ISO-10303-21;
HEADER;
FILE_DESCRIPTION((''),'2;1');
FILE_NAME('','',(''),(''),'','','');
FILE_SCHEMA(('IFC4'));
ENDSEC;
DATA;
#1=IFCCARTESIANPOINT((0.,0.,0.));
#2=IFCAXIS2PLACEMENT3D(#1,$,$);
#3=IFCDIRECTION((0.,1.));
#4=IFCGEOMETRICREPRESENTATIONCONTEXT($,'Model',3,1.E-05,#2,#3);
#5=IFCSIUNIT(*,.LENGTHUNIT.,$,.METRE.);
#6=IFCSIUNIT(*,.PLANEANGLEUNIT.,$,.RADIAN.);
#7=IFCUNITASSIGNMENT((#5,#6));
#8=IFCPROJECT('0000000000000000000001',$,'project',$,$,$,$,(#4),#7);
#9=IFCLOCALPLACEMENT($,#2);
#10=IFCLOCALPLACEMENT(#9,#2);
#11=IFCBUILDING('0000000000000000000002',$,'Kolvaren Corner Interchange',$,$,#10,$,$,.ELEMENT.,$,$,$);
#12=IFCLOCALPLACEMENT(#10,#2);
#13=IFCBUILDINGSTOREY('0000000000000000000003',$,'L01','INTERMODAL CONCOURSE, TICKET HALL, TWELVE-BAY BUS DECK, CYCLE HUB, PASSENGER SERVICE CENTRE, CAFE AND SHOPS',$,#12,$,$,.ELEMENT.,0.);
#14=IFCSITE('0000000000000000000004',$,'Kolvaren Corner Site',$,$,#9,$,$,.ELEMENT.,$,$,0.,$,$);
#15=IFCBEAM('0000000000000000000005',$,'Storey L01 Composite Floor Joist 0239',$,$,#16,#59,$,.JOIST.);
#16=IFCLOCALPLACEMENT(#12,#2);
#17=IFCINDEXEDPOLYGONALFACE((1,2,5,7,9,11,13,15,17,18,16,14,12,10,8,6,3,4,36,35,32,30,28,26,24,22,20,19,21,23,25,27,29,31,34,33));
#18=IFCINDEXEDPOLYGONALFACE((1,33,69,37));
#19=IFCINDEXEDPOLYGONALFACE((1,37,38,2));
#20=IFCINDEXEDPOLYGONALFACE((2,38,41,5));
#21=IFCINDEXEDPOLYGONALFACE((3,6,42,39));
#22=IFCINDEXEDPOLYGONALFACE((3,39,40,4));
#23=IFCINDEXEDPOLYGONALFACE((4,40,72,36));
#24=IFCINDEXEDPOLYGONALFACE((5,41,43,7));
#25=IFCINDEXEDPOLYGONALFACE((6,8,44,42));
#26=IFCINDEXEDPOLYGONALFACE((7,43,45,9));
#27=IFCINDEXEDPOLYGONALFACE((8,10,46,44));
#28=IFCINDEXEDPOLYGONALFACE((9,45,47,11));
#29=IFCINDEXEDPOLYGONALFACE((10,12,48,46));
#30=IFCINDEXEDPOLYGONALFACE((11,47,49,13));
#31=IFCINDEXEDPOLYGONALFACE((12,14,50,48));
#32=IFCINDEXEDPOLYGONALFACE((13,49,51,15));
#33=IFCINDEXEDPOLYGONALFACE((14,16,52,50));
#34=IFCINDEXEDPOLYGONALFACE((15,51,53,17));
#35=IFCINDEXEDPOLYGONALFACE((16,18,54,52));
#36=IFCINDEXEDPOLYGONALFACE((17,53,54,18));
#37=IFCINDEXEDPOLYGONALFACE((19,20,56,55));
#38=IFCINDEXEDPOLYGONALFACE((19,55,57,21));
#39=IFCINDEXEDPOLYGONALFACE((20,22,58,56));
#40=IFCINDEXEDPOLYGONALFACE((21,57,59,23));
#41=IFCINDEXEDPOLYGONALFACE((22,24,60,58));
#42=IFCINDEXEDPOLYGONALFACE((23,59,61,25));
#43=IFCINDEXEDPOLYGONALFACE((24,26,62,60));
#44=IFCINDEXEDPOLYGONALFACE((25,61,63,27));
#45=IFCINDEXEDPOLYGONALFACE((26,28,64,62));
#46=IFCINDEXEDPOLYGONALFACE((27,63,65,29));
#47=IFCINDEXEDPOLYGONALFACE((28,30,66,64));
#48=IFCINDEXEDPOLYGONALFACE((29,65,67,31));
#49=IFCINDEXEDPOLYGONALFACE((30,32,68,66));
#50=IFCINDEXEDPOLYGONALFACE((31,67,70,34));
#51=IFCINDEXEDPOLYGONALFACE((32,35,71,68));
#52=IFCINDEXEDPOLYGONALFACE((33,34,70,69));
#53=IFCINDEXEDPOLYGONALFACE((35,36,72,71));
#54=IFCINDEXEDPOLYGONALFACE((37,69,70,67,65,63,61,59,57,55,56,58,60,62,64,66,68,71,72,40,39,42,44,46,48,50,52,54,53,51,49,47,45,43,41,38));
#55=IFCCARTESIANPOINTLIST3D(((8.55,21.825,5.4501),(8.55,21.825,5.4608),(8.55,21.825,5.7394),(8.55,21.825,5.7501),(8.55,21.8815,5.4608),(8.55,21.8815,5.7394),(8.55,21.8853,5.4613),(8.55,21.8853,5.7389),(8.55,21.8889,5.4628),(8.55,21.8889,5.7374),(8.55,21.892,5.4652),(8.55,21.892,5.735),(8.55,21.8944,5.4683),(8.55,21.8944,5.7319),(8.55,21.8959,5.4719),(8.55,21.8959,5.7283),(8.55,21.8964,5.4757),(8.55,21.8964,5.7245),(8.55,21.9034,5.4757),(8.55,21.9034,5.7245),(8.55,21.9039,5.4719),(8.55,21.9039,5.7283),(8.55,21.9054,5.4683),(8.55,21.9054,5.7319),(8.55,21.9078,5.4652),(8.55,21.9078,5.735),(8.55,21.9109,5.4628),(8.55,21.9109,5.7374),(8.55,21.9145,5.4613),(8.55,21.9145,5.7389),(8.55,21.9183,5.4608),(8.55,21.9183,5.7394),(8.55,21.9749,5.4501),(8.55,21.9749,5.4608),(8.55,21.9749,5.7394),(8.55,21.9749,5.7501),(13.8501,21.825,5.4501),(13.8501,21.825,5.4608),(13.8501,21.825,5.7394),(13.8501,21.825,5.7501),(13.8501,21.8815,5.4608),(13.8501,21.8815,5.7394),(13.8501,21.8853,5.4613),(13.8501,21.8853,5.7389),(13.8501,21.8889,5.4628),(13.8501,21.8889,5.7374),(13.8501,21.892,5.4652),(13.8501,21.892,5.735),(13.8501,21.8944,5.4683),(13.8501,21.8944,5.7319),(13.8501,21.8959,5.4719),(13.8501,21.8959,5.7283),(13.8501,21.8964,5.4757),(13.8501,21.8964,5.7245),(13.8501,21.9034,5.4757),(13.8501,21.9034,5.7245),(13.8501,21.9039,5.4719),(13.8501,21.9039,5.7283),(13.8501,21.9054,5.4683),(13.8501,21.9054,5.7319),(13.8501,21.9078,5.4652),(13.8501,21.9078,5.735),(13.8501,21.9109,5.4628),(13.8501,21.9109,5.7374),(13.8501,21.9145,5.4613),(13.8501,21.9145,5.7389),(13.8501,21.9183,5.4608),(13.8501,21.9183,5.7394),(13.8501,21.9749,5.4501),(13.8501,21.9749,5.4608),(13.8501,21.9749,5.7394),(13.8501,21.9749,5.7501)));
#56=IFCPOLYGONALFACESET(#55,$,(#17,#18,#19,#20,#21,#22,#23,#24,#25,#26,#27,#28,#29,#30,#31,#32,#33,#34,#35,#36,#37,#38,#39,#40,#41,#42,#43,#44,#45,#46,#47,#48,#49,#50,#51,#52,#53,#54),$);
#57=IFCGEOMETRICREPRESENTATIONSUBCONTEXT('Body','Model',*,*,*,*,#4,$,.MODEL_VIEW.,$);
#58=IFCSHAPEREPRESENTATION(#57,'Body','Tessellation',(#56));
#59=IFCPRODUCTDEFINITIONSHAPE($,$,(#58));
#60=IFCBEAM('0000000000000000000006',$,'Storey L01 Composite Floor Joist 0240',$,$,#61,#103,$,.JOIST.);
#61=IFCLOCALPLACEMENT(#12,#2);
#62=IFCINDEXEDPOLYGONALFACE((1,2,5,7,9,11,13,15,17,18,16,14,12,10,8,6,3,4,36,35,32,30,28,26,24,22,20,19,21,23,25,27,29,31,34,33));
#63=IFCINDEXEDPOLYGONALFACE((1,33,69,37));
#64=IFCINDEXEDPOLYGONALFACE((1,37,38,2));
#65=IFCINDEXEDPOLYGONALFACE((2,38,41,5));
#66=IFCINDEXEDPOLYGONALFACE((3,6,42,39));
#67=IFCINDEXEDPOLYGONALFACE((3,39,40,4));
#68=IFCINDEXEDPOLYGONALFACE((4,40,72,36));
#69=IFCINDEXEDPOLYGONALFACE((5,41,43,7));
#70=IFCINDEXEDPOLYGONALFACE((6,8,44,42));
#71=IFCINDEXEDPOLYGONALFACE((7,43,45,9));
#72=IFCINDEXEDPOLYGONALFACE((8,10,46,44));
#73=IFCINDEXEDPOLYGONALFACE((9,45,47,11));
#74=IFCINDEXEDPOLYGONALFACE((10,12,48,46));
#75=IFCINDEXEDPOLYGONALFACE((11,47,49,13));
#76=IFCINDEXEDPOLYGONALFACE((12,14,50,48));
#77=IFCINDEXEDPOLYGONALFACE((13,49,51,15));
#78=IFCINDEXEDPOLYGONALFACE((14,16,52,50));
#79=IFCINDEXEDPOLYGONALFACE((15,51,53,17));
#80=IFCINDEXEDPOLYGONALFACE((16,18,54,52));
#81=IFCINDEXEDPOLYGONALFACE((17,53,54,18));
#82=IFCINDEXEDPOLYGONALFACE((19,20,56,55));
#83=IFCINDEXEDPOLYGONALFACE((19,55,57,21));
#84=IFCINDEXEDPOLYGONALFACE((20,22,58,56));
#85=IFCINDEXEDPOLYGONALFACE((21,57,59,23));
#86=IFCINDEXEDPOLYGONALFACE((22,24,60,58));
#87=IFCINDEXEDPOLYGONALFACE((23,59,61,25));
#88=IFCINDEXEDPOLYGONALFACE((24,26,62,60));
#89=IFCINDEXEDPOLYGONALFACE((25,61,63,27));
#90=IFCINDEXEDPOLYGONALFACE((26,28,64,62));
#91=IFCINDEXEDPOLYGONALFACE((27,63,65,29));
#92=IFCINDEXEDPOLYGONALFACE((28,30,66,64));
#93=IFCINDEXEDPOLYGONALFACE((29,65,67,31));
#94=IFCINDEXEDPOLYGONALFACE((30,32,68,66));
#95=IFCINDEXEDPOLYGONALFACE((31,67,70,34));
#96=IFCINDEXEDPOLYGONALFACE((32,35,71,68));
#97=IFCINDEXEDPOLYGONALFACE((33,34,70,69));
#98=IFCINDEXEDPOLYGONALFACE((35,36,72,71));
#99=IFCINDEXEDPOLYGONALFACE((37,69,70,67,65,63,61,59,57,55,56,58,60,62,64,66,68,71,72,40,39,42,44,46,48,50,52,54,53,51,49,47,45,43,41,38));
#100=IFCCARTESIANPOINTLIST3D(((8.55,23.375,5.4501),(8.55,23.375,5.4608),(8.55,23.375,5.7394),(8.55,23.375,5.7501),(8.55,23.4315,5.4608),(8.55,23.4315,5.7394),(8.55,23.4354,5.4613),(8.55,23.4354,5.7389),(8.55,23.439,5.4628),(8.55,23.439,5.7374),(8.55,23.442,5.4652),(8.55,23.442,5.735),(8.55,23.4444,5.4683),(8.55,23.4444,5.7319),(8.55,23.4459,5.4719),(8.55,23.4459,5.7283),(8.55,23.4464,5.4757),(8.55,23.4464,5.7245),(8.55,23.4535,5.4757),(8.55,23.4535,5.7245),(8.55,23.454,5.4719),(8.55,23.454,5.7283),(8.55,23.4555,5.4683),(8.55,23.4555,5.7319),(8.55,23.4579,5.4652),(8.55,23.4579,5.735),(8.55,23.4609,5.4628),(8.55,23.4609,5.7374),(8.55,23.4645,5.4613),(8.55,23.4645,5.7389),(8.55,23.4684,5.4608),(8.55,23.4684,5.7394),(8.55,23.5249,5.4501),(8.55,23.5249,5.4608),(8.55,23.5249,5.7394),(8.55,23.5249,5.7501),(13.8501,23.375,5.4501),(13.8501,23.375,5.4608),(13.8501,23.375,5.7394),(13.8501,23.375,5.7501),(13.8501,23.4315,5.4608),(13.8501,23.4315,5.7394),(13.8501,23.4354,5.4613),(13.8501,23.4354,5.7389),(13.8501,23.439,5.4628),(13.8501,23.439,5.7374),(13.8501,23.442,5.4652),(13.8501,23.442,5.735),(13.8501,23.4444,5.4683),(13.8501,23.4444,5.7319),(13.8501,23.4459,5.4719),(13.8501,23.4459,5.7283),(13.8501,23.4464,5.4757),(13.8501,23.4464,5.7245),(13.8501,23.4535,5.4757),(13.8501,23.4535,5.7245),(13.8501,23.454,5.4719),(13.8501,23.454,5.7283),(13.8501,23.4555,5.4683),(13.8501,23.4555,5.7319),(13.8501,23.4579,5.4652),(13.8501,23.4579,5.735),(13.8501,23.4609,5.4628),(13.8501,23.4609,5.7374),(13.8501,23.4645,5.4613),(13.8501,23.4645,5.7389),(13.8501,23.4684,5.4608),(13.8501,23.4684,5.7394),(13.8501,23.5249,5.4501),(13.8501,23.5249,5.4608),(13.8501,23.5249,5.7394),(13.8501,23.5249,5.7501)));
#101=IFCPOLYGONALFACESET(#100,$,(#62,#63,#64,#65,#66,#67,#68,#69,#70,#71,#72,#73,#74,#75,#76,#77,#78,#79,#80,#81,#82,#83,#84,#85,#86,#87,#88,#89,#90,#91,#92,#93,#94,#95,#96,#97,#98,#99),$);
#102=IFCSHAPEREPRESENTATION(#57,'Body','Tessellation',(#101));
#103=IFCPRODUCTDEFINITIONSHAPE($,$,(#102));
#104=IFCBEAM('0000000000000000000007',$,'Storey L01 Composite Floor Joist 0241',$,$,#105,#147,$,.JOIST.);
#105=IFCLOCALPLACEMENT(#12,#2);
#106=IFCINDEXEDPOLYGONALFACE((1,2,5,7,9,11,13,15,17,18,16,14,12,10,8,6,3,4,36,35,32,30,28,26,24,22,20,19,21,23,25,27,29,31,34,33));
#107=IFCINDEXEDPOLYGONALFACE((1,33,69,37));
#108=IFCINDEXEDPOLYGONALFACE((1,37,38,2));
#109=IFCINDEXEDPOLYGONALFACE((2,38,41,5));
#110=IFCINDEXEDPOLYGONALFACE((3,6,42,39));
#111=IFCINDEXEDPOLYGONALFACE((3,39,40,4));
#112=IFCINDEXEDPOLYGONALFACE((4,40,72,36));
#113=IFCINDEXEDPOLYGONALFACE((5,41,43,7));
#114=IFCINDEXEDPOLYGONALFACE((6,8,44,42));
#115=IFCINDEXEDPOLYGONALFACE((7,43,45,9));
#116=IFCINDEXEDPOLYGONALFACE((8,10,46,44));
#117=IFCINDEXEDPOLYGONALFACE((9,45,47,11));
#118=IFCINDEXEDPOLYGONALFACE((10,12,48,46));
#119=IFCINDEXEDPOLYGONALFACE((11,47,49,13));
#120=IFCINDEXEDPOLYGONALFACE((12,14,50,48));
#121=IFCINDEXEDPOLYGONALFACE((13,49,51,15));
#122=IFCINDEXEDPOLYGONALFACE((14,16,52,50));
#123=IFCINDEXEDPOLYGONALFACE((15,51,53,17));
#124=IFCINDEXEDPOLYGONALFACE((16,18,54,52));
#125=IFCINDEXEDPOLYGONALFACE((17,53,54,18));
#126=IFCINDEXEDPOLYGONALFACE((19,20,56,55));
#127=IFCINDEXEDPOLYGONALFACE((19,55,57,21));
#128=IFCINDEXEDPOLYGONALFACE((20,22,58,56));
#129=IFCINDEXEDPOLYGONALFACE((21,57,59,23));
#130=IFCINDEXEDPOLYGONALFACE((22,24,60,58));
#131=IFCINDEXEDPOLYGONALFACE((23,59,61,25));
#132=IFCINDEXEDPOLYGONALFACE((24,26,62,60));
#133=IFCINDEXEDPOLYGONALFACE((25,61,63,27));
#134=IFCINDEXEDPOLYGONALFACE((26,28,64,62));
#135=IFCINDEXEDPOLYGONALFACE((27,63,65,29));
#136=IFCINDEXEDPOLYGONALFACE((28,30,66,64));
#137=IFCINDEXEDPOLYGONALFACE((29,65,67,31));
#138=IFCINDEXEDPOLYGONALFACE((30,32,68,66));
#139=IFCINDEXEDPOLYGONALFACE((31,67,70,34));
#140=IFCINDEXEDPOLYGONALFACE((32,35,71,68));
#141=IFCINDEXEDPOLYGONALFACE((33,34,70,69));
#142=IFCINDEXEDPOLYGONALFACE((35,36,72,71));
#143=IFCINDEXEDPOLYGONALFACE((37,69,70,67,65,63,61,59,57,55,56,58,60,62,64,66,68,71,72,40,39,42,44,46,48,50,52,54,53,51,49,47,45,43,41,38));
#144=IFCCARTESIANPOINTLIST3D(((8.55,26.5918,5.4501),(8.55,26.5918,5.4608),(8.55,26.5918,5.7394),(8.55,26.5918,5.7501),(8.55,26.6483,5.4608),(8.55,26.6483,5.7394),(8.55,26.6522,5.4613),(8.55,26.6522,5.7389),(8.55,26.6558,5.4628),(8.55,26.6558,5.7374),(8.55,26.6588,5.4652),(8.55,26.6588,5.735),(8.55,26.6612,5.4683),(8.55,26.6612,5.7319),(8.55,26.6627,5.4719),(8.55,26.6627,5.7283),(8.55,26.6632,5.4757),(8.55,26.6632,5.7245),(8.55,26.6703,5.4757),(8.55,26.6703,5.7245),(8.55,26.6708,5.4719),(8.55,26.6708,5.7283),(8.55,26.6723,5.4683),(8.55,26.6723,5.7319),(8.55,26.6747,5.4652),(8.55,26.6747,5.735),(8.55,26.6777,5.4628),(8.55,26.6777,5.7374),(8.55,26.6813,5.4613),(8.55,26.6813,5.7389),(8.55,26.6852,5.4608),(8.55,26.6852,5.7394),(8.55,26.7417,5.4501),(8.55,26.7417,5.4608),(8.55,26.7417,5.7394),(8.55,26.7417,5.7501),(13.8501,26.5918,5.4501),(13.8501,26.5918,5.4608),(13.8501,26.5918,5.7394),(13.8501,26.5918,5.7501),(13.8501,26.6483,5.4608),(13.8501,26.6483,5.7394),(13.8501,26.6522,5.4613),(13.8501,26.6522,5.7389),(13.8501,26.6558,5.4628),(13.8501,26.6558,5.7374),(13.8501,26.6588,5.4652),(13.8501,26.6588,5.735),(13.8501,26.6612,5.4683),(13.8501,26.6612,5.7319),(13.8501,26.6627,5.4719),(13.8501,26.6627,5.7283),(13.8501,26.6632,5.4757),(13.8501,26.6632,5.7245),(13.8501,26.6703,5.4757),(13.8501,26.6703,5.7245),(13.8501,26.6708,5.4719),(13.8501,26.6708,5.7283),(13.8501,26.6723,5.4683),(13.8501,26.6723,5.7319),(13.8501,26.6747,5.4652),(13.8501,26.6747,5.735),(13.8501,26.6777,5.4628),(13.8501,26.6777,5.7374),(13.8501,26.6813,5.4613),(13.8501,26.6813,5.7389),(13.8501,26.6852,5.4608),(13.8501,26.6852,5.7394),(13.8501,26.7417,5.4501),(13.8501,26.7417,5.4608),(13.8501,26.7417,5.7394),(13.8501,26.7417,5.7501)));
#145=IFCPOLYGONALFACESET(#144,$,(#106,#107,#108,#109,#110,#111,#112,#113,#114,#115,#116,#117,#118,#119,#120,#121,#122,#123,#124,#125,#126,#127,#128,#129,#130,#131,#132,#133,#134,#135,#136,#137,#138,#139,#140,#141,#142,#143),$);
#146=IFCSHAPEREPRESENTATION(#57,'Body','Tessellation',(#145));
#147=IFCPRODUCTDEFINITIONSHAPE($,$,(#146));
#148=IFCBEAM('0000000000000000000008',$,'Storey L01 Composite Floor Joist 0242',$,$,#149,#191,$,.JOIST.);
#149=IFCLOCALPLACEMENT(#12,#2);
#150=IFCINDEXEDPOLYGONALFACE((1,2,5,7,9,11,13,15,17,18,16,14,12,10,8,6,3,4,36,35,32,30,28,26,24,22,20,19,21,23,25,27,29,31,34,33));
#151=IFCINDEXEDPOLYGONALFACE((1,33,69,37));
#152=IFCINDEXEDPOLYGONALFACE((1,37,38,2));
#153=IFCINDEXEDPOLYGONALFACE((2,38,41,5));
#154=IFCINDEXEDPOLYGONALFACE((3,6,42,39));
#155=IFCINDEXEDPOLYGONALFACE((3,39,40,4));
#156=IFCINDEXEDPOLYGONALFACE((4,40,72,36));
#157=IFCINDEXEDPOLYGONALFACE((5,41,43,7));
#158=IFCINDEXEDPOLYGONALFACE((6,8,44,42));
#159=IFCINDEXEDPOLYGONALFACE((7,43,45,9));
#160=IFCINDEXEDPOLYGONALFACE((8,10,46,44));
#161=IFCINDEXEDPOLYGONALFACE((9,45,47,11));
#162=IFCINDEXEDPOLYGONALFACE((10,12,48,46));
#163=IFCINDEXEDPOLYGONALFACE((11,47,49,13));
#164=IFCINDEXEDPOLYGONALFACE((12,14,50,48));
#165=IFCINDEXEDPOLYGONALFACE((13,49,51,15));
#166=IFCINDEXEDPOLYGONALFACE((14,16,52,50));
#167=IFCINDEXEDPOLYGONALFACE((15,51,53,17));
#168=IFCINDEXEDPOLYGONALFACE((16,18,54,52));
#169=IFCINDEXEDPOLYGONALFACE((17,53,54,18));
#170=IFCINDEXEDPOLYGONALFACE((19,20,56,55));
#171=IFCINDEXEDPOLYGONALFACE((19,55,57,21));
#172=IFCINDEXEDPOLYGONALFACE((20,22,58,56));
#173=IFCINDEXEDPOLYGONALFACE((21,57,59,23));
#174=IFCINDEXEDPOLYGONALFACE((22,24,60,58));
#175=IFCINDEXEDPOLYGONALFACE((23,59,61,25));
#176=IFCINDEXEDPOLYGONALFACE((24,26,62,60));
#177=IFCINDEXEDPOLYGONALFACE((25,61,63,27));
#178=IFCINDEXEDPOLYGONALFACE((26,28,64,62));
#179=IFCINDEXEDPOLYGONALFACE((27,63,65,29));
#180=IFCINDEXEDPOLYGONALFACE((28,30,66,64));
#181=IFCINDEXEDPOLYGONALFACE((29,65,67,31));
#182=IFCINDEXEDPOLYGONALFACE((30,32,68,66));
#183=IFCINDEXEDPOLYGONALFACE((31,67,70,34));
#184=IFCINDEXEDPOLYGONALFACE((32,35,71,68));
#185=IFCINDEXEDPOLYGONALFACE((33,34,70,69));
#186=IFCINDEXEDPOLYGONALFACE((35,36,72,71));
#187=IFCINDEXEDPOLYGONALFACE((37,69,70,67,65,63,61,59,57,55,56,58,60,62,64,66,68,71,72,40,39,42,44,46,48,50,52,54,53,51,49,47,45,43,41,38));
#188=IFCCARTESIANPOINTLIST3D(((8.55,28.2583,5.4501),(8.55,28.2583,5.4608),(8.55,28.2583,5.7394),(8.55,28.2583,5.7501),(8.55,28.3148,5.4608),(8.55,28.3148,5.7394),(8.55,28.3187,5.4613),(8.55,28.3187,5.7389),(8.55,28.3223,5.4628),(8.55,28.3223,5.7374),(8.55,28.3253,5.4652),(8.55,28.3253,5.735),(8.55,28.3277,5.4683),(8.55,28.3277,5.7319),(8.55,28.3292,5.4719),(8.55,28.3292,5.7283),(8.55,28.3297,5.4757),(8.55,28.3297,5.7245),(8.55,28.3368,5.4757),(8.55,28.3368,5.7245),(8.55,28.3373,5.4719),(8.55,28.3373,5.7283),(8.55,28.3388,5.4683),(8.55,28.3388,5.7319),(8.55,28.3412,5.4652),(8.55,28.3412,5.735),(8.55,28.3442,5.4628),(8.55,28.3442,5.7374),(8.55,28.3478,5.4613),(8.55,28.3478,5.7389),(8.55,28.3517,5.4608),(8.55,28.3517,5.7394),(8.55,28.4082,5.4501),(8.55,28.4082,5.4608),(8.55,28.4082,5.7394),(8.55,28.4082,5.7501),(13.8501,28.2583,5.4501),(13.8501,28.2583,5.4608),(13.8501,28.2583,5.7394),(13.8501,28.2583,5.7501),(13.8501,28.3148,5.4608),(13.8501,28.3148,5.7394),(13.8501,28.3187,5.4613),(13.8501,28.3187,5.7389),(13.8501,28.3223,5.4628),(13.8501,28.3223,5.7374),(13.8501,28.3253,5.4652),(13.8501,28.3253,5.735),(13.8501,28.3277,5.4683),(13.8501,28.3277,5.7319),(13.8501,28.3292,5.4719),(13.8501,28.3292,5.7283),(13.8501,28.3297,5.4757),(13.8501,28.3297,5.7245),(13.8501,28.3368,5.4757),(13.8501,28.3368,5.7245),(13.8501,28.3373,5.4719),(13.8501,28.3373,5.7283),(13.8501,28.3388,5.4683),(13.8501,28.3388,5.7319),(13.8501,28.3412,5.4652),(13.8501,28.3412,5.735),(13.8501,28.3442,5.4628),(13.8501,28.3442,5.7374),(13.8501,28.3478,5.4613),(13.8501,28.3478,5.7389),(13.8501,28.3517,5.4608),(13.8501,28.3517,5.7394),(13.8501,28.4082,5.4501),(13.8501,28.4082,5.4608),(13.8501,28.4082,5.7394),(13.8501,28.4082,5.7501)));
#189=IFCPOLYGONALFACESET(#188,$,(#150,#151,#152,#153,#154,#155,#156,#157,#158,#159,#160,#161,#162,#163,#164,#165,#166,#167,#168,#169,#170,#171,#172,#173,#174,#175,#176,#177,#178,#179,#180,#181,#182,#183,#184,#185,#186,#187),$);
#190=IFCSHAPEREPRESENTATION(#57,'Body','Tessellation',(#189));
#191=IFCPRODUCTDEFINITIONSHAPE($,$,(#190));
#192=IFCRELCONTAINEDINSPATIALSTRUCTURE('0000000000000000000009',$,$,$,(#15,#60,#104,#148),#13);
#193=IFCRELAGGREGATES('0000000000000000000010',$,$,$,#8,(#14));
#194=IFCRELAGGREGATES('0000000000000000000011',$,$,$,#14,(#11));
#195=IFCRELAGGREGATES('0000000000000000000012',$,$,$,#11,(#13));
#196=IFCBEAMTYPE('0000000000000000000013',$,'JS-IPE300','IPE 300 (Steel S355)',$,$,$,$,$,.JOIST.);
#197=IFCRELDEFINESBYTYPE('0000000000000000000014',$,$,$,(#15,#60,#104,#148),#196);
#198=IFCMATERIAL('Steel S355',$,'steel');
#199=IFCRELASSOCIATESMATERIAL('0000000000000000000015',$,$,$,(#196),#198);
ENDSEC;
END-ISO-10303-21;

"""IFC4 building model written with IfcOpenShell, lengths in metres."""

from ifc_helpers import new_model, si_unit, direction, frame, origin, origin_2d, place, context, subcontext, project, spatial, i_section, extrude, material, material_profile, profile_set, type_object, element, save


model = new_model("IFC4")

# Units and contexts
model_context = context("Model", 3, precision=1e-05, world=origin(), true_north=direction((0.0, 1.0)))
body_context = subcontext(model_context, "Body", "Model", "MODEL_VIEW")
ifc_project = project(units=[si_unit("LENGTHUNIT", "METRE"), si_unit("PLANEANGLEUNIT", "RADIAN")], contexts=[model_context])

# Site, building, storey
site_placement = place(None, origin())
site = spatial("IfcSite", under=ifc_project, at=site_placement, Name="Kolvaren Corner Site", CompositionType="ELEMENT", RefElevation=0.0)
building_placement = place(site_placement, origin())
building = spatial("IfcBuilding", under=site, at=building_placement, Name="Kolvaren Corner Interchange", CompositionType="ELEMENT")
storey_placement = place(building_placement, origin())
storey = spatial("IfcBuildingStorey", under=building, at=storey_placement, Name="L01", Description="INTERMODAL CONCOURSE, TICKET HALL, TWELVE-BAY BUS DECK, CYCLE HUB, PASSENGER SERVICE CENTRE, CAFE AND SHOPS", CompositionType="ELEMENT", Elevation=0.0)

# Beams
ifc_material_1 = material(Name="Steel S355", Category="steel")
ifc_material_profile_1 = material_profile(ifc_material_1, i_section(OverallWidth=0.1499, OverallDepth=0.3, WebThickness=0.0071, FlangeThickness=0.0107, FilletRadius=0.0149, at=origin_2d()), Name="IPE 300")
ifc_profile_set_1 = profile_set([ifc_material_profile_1], Name="Steel S355")
beam_type_1 = type_object("IfcBeamType", Name="JS-IPE300", Description="IPE 300 (Steel S355)", PredefinedType="JOIST", material=ifc_profile_set_1)
for number, where, z_axis, x_axis, name in (
    (1, (8.55, 21.8999, 5.6001), (1.0, 0.0, 0.0), (0.0, 1.0, 0.0), "Storey L01 Composite Floor Joist 0239"),
    (2, (8.55, 23.45, 5.6001), (1.0, 0.0, 0.0), (0.0, 1.0, 0.0), "Storey L01 Composite Floor Joist 0240"),
    (3, (8.55, 26.6667, 5.6001), (1.0, 0.0, 0.0), (0.0, 1.0, 0.0), "Storey L01 Composite Floor Joist 0241"),
    (4, (8.55, 28.3333, 5.6001), (1.0, 0.0, 0.0), (0.0, 1.0, 0.0), "Storey L01 Composite Floor Joist 0242"),
):
    element("IfcBeam", number, at=place(storey_placement, frame(where, z_axis=z_axis, x_axis=x_axis)), inside=storey, type_object=beam_type_1, Name=name, PredefinedType="JOIST", context=body_context, shape_type="SweptSolid", body=[
        extrude(i_section(OverallWidth=0.1499, OverallDepth=0.3, WebThickness=0.0071, FlangeThickness=0.0107, FilletRadius=0.0149, at=origin_2d()), origin(), (0.0, 0.0, 1.0), 5.3),
    ])

save(model, "model.ifc")
